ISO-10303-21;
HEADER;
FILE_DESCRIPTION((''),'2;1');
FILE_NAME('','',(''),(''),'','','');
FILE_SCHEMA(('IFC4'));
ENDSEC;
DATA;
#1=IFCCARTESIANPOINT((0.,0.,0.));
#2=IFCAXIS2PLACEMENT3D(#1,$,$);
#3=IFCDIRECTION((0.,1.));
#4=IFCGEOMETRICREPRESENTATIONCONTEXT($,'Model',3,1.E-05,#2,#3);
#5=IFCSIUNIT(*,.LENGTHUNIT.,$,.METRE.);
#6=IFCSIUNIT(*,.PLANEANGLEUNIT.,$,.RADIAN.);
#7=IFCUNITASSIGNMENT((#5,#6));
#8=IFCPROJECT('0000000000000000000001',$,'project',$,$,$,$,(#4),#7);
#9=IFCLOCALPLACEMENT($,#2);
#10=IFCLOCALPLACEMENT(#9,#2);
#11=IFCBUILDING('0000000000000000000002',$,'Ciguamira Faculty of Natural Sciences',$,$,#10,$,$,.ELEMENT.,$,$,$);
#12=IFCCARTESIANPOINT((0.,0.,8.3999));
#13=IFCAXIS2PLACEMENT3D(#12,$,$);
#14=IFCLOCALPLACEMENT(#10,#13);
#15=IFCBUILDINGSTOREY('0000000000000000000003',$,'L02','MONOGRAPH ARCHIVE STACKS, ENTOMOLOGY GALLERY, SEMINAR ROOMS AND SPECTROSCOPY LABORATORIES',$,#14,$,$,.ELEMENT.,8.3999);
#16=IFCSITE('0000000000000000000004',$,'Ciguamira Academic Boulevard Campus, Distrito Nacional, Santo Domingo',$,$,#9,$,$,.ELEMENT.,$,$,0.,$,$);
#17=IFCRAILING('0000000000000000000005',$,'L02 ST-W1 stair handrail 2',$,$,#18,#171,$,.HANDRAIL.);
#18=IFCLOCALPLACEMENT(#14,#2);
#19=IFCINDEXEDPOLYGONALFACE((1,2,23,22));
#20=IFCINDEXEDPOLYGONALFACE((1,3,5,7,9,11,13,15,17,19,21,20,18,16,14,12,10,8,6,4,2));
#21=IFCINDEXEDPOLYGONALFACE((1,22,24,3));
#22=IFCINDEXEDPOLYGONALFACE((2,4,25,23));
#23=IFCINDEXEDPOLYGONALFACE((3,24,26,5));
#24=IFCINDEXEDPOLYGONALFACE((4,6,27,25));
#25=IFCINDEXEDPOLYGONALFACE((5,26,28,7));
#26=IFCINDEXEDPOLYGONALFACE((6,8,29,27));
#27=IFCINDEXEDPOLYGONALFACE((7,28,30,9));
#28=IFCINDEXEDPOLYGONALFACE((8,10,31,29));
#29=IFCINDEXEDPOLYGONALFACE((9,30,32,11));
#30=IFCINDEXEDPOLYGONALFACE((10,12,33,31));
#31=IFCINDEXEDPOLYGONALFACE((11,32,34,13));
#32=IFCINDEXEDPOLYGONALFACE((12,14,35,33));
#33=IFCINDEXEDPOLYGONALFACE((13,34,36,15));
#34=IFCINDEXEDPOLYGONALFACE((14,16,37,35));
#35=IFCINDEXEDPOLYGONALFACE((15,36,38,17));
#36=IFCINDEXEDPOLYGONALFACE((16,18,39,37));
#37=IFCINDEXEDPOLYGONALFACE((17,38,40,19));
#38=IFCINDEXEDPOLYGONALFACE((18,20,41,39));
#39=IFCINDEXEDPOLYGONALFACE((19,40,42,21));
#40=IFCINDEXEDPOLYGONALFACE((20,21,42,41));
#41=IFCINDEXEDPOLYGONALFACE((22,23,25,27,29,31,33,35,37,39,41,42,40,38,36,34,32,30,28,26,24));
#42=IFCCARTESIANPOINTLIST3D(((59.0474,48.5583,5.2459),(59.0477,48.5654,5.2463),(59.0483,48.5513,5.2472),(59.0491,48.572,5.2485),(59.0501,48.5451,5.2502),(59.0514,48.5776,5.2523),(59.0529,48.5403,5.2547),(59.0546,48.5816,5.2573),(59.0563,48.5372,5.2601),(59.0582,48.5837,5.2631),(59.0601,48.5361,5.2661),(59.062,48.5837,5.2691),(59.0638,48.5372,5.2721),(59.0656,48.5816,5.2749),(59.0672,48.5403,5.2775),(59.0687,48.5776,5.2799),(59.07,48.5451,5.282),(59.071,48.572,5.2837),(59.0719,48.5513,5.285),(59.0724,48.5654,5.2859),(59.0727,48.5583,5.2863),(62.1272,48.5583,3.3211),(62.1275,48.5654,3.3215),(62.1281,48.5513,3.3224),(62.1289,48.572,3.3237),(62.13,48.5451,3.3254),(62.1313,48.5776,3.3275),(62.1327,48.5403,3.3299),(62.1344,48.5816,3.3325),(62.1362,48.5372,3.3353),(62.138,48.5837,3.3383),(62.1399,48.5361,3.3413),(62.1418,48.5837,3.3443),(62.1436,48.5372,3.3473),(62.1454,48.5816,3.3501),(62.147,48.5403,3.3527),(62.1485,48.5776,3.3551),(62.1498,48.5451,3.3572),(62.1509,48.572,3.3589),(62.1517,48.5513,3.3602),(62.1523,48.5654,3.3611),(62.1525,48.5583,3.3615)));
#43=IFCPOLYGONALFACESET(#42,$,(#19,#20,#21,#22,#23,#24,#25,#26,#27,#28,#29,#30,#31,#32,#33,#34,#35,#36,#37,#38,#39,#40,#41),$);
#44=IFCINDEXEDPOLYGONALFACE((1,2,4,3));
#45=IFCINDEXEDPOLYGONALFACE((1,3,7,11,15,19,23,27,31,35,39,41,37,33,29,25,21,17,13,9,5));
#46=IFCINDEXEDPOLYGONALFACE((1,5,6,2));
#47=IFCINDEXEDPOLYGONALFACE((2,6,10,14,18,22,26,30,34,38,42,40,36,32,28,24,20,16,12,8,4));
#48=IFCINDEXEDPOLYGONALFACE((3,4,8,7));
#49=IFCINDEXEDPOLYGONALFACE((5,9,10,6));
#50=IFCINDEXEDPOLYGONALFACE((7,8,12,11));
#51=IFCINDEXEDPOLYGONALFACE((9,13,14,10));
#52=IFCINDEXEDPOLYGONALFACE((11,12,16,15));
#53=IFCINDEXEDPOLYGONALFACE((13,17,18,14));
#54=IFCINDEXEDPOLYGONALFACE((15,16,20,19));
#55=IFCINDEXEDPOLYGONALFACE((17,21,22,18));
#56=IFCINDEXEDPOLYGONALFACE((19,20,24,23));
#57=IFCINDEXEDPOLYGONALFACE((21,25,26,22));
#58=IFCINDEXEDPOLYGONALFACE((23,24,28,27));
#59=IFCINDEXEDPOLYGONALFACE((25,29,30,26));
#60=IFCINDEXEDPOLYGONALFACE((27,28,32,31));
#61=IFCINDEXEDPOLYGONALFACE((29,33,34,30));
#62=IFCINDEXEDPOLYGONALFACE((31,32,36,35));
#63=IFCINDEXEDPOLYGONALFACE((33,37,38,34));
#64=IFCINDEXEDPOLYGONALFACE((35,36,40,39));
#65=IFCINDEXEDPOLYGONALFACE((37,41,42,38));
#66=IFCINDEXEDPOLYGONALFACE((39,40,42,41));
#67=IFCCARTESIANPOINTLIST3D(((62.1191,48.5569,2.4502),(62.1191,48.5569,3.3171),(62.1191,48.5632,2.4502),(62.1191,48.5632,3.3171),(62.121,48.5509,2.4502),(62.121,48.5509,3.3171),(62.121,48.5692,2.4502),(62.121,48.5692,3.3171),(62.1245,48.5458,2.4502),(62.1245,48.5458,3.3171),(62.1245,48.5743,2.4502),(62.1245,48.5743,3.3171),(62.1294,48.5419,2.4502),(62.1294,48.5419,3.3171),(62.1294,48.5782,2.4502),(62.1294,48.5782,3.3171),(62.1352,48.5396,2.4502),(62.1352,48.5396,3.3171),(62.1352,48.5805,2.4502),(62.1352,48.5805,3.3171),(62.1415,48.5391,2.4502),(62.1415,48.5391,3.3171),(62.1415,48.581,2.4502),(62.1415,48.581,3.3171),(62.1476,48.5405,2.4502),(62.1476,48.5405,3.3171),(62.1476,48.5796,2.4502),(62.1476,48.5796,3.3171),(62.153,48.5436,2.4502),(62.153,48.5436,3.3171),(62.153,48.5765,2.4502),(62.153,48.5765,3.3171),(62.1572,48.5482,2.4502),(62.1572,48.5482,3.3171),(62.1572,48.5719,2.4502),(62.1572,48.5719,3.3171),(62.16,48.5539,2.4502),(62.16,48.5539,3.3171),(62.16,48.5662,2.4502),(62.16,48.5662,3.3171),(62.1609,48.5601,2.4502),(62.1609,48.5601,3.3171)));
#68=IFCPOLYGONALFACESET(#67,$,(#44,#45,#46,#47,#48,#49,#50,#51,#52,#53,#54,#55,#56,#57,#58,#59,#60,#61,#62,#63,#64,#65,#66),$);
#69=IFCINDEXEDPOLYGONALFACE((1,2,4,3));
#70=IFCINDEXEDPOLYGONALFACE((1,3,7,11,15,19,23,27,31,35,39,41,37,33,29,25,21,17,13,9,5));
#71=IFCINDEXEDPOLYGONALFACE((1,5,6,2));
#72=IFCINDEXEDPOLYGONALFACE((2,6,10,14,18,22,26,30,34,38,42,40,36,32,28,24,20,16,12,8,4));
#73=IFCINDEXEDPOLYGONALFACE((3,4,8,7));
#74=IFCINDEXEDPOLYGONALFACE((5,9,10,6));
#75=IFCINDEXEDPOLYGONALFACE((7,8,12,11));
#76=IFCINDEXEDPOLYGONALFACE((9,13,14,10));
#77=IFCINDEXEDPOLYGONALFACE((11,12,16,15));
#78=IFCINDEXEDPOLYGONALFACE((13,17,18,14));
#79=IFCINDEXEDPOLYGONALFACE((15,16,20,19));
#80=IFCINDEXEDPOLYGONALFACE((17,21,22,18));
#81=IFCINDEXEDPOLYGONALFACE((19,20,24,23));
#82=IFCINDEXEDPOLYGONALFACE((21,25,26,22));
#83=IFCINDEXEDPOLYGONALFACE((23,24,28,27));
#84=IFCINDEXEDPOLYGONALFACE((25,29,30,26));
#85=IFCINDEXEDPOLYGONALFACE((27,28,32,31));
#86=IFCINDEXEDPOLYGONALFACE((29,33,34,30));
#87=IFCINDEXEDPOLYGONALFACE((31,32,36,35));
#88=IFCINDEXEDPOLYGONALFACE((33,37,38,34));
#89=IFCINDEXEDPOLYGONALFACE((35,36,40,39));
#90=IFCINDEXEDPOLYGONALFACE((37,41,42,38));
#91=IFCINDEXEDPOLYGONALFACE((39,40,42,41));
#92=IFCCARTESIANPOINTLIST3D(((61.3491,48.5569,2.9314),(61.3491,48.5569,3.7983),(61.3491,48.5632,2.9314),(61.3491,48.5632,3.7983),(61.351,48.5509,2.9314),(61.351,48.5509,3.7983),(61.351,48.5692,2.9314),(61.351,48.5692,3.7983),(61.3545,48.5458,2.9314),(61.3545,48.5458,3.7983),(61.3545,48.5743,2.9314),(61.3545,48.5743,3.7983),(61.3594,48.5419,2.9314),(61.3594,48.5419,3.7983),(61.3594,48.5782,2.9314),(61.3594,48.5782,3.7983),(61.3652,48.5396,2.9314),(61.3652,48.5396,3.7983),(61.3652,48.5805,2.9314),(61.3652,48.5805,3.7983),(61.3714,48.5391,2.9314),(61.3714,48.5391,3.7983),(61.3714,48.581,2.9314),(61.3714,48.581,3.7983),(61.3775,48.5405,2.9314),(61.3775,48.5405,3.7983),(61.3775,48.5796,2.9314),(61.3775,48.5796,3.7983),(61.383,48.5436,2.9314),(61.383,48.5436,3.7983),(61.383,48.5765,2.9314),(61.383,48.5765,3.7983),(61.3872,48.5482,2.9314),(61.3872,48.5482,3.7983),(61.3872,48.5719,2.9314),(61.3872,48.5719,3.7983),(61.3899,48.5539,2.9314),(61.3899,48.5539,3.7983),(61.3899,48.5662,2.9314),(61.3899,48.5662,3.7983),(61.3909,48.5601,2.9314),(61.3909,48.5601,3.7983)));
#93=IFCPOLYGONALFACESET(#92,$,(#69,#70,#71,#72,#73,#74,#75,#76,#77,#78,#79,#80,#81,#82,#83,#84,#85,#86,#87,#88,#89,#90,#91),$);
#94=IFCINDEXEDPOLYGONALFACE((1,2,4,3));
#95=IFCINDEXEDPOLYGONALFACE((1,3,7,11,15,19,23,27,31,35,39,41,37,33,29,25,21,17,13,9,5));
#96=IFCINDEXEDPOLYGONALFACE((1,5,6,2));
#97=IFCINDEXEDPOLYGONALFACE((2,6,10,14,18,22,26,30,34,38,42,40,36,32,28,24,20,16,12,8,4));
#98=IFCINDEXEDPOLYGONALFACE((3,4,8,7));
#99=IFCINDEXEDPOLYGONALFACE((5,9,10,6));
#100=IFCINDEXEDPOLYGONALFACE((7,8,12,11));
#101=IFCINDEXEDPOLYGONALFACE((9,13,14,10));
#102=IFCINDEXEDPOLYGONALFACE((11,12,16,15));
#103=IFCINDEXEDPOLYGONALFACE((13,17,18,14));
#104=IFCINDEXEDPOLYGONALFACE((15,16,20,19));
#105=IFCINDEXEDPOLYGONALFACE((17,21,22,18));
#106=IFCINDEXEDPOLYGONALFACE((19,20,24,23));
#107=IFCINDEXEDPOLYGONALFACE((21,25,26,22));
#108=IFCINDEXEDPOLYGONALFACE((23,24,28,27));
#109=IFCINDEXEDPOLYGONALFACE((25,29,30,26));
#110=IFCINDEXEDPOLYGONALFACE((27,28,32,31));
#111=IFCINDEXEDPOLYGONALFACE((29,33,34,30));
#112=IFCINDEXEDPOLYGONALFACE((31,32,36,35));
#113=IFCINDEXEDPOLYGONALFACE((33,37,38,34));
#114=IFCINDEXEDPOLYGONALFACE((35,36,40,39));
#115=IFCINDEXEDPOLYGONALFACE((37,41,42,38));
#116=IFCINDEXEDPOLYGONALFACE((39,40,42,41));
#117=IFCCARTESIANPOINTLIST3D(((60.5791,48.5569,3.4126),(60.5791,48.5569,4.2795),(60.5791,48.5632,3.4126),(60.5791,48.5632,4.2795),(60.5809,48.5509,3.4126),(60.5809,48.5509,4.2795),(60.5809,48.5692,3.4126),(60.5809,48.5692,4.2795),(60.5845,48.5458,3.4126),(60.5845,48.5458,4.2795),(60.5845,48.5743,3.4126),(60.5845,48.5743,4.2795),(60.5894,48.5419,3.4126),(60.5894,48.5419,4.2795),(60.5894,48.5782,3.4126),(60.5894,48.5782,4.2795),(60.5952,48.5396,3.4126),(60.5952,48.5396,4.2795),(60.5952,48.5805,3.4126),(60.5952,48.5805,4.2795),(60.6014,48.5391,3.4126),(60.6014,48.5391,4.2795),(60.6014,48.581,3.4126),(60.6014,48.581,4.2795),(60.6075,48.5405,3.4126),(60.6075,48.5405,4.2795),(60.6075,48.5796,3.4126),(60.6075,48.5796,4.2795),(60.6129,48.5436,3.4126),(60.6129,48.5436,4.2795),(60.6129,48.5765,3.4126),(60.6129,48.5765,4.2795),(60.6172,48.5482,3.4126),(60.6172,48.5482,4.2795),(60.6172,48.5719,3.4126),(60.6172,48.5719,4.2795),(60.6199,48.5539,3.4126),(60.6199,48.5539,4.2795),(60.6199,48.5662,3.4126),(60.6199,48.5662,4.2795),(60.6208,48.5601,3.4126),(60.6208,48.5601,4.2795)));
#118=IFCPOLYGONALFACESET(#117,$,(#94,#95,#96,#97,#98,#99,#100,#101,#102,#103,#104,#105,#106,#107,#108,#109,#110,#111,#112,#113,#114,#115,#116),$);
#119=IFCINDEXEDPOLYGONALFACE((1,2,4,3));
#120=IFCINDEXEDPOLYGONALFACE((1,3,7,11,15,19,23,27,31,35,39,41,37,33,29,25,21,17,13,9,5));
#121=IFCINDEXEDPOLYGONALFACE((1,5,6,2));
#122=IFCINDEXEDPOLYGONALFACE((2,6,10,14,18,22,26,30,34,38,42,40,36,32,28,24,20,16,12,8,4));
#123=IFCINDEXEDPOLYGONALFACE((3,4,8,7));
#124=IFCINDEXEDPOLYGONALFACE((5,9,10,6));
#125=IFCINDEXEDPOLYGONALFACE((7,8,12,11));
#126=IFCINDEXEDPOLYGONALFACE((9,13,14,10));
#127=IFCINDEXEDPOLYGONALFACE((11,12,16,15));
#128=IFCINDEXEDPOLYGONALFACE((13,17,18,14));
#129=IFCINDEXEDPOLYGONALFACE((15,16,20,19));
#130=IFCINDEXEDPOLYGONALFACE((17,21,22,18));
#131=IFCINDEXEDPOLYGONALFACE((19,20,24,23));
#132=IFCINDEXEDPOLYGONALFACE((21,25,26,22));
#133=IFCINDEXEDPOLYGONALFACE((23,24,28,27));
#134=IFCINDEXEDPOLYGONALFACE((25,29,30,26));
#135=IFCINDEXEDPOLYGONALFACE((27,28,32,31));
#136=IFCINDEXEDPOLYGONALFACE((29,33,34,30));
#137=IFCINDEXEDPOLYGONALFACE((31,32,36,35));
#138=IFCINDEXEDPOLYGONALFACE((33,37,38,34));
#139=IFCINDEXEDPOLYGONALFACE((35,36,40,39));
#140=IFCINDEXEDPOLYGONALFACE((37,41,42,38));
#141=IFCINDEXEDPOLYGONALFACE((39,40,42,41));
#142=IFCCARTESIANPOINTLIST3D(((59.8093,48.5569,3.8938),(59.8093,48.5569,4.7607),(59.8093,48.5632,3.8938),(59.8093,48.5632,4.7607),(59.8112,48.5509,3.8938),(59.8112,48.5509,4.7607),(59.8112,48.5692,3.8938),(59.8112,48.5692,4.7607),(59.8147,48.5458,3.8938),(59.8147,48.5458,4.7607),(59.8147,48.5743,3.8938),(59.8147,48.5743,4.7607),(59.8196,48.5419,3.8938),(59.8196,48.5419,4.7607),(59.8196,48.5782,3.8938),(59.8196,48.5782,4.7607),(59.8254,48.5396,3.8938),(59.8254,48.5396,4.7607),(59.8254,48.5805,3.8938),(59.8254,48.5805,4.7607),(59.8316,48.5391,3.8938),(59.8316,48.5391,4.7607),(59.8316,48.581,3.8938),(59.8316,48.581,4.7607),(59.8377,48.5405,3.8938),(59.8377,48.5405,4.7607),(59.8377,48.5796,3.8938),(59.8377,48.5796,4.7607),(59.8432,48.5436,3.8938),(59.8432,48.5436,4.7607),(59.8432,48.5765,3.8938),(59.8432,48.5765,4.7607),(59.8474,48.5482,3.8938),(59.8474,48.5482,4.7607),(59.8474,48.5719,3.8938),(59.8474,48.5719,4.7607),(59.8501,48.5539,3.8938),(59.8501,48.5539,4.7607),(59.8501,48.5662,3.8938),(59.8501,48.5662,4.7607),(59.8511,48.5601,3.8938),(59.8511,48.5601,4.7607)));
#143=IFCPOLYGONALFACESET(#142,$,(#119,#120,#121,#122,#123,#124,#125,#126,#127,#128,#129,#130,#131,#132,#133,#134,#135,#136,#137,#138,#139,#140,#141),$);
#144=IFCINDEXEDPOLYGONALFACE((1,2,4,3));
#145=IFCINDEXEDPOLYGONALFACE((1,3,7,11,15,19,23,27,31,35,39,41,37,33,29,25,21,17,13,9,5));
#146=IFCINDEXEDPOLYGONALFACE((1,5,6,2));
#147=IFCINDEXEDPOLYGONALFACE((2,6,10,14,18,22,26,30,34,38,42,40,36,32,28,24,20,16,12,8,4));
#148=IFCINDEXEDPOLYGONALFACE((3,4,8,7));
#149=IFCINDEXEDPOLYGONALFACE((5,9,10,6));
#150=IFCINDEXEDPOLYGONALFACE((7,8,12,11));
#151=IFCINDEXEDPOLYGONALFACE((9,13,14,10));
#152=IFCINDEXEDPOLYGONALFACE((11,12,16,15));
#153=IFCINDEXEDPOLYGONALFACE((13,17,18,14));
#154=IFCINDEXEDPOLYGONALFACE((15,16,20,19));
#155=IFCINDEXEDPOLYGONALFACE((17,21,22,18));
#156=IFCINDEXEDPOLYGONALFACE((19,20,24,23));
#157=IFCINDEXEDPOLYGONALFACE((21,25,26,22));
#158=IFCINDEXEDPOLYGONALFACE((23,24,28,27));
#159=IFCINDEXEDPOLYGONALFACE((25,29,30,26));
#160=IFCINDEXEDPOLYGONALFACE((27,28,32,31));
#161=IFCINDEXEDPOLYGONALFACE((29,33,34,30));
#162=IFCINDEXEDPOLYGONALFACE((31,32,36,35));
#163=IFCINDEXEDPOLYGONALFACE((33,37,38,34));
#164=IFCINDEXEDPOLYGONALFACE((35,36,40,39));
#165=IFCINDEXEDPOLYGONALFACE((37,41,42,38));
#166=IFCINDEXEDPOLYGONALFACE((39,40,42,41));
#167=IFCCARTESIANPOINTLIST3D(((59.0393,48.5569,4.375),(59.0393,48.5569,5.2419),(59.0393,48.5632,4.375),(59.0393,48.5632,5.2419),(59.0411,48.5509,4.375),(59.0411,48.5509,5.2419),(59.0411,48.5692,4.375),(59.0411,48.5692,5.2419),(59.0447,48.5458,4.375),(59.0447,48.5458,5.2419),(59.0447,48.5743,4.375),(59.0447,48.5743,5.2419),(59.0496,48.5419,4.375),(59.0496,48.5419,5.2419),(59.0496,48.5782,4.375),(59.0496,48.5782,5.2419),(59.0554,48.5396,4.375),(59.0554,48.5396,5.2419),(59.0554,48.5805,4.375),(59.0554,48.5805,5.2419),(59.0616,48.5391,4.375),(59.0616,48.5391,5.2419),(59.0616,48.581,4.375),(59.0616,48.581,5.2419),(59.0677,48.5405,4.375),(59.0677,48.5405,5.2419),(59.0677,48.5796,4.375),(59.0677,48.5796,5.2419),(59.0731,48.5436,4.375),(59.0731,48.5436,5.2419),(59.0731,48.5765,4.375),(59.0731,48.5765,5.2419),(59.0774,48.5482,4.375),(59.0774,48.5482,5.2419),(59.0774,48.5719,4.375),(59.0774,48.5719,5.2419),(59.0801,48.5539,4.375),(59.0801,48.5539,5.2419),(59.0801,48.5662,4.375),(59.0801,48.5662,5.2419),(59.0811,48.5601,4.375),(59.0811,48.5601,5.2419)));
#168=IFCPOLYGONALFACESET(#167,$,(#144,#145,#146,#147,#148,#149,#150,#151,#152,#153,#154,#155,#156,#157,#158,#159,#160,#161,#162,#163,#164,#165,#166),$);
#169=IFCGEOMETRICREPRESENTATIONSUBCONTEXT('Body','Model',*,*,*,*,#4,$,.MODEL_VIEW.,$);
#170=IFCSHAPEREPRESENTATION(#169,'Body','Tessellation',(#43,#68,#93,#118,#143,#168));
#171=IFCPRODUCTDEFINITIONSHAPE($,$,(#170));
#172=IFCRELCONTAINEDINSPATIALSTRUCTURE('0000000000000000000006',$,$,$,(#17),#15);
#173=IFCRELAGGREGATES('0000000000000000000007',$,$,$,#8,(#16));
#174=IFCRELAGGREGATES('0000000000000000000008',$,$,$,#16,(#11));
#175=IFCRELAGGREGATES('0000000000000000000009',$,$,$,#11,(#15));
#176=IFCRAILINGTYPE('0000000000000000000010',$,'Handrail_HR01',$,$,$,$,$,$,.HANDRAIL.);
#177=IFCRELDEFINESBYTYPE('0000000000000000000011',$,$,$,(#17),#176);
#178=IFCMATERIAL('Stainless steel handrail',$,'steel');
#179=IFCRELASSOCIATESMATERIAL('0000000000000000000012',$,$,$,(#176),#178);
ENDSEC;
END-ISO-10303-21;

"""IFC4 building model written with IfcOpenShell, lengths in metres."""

from ifc_helpers import new_model, si_unit, direction, frame, origin, origin_2d, place, context, subcontext, project, spatial, circle, extrude, material, type_object, element, save


model = new_model("IFC4")

# Units and contexts
model_context = context("Model", 3, precision=1e-05, world=origin(), true_north=direction((0.0, 1.0)))
body_context = subcontext(model_context, "Body", "Model", "MODEL_VIEW")
ifc_project = project(units=[si_unit("LENGTHUNIT", "METRE"), si_unit("PLANEANGLEUNIT", "RADIAN")], contexts=[model_context])

# Site, building, storey
site_placement = place(None, origin())
site = spatial("IfcSite", under=ifc_project, at=site_placement, Name="Ciguamira Academic Boulevard Campus, Distrito Nacional, Santo Domingo", CompositionType="ELEMENT", RefElevation=0.0)
building_placement = place(site_placement, origin())
building = spatial("IfcBuilding", under=site, at=building_placement, Name="Ciguamira Faculty of Natural Sciences", CompositionType="ELEMENT")
storey_placement = place(building_placement, frame((0.0, 0.0, 8.3999)))
storey = spatial("IfcBuildingStorey", under=building, at=storey_placement, Name="L02", Description="MONOGRAPH ARCHIVE STACKS, ENTOMOLOGY GALLERY, SEMINAR ROOMS AND SPECTROSCOPY LABORATORIES", CompositionType="ELEMENT", Elevation=8.3999)

# Railing
ifc_material_1 = material(Name="Stainless steel handrail", Category="steel")
railing_type_1 = type_object("IfcRailingType", Name="Handrail_HR01", PredefinedType="HANDRAIL", material=ifc_material_1)
railing_1_placement = place(storey_placement, frame((62.1399, 48.5601, 2.4502)))
element("IfcRailing", 1, at=railing_1_placement, inside=storey, type_object=railing_type_1, Name="L02 ST-W1 stair handrail 2", PredefinedType="HANDRAIL", context=body_context, shape_type="SweptSolid", body=[
    extrude(circle(Radius=0.0239, at=origin_2d()), frame((0.0, 0.0, 0.8911), z_axis=(-0.84801, 0.0, 0.529981), x_axis=(0.0, -1.0, 0.0)), (0.0, 0.0, 1.0), 3.6318),
    extrude(circle(Radius=0.021, at=origin_2d()), origin(), (0.0, 0.0, 1.0), 0.8669),
    extrude(circle(Radius=0.021, at=origin_2d()), frame((-0.77, 0.0, 0.4812)), (0.0, 0.0, 1.0), 0.8669),
    extrude(circle(Radius=0.021, at=origin_2d()), frame((-1.54, 0.0, 0.9624)), (0.0, 0.0, 1.0), 0.8669),
    extrude(circle(Radius=0.021, at=origin_2d()), frame((-2.3098, 0.0, 1.4436)), (0.0, 0.0, 1.0), 0.8669),
    extrude(circle(Radius=0.021, at=origin_2d()), frame((-3.0798, 0.0, 1.9248)), (0.0, 0.0, 1.0), 0.8669),
])

save(model, "model.ifc")
